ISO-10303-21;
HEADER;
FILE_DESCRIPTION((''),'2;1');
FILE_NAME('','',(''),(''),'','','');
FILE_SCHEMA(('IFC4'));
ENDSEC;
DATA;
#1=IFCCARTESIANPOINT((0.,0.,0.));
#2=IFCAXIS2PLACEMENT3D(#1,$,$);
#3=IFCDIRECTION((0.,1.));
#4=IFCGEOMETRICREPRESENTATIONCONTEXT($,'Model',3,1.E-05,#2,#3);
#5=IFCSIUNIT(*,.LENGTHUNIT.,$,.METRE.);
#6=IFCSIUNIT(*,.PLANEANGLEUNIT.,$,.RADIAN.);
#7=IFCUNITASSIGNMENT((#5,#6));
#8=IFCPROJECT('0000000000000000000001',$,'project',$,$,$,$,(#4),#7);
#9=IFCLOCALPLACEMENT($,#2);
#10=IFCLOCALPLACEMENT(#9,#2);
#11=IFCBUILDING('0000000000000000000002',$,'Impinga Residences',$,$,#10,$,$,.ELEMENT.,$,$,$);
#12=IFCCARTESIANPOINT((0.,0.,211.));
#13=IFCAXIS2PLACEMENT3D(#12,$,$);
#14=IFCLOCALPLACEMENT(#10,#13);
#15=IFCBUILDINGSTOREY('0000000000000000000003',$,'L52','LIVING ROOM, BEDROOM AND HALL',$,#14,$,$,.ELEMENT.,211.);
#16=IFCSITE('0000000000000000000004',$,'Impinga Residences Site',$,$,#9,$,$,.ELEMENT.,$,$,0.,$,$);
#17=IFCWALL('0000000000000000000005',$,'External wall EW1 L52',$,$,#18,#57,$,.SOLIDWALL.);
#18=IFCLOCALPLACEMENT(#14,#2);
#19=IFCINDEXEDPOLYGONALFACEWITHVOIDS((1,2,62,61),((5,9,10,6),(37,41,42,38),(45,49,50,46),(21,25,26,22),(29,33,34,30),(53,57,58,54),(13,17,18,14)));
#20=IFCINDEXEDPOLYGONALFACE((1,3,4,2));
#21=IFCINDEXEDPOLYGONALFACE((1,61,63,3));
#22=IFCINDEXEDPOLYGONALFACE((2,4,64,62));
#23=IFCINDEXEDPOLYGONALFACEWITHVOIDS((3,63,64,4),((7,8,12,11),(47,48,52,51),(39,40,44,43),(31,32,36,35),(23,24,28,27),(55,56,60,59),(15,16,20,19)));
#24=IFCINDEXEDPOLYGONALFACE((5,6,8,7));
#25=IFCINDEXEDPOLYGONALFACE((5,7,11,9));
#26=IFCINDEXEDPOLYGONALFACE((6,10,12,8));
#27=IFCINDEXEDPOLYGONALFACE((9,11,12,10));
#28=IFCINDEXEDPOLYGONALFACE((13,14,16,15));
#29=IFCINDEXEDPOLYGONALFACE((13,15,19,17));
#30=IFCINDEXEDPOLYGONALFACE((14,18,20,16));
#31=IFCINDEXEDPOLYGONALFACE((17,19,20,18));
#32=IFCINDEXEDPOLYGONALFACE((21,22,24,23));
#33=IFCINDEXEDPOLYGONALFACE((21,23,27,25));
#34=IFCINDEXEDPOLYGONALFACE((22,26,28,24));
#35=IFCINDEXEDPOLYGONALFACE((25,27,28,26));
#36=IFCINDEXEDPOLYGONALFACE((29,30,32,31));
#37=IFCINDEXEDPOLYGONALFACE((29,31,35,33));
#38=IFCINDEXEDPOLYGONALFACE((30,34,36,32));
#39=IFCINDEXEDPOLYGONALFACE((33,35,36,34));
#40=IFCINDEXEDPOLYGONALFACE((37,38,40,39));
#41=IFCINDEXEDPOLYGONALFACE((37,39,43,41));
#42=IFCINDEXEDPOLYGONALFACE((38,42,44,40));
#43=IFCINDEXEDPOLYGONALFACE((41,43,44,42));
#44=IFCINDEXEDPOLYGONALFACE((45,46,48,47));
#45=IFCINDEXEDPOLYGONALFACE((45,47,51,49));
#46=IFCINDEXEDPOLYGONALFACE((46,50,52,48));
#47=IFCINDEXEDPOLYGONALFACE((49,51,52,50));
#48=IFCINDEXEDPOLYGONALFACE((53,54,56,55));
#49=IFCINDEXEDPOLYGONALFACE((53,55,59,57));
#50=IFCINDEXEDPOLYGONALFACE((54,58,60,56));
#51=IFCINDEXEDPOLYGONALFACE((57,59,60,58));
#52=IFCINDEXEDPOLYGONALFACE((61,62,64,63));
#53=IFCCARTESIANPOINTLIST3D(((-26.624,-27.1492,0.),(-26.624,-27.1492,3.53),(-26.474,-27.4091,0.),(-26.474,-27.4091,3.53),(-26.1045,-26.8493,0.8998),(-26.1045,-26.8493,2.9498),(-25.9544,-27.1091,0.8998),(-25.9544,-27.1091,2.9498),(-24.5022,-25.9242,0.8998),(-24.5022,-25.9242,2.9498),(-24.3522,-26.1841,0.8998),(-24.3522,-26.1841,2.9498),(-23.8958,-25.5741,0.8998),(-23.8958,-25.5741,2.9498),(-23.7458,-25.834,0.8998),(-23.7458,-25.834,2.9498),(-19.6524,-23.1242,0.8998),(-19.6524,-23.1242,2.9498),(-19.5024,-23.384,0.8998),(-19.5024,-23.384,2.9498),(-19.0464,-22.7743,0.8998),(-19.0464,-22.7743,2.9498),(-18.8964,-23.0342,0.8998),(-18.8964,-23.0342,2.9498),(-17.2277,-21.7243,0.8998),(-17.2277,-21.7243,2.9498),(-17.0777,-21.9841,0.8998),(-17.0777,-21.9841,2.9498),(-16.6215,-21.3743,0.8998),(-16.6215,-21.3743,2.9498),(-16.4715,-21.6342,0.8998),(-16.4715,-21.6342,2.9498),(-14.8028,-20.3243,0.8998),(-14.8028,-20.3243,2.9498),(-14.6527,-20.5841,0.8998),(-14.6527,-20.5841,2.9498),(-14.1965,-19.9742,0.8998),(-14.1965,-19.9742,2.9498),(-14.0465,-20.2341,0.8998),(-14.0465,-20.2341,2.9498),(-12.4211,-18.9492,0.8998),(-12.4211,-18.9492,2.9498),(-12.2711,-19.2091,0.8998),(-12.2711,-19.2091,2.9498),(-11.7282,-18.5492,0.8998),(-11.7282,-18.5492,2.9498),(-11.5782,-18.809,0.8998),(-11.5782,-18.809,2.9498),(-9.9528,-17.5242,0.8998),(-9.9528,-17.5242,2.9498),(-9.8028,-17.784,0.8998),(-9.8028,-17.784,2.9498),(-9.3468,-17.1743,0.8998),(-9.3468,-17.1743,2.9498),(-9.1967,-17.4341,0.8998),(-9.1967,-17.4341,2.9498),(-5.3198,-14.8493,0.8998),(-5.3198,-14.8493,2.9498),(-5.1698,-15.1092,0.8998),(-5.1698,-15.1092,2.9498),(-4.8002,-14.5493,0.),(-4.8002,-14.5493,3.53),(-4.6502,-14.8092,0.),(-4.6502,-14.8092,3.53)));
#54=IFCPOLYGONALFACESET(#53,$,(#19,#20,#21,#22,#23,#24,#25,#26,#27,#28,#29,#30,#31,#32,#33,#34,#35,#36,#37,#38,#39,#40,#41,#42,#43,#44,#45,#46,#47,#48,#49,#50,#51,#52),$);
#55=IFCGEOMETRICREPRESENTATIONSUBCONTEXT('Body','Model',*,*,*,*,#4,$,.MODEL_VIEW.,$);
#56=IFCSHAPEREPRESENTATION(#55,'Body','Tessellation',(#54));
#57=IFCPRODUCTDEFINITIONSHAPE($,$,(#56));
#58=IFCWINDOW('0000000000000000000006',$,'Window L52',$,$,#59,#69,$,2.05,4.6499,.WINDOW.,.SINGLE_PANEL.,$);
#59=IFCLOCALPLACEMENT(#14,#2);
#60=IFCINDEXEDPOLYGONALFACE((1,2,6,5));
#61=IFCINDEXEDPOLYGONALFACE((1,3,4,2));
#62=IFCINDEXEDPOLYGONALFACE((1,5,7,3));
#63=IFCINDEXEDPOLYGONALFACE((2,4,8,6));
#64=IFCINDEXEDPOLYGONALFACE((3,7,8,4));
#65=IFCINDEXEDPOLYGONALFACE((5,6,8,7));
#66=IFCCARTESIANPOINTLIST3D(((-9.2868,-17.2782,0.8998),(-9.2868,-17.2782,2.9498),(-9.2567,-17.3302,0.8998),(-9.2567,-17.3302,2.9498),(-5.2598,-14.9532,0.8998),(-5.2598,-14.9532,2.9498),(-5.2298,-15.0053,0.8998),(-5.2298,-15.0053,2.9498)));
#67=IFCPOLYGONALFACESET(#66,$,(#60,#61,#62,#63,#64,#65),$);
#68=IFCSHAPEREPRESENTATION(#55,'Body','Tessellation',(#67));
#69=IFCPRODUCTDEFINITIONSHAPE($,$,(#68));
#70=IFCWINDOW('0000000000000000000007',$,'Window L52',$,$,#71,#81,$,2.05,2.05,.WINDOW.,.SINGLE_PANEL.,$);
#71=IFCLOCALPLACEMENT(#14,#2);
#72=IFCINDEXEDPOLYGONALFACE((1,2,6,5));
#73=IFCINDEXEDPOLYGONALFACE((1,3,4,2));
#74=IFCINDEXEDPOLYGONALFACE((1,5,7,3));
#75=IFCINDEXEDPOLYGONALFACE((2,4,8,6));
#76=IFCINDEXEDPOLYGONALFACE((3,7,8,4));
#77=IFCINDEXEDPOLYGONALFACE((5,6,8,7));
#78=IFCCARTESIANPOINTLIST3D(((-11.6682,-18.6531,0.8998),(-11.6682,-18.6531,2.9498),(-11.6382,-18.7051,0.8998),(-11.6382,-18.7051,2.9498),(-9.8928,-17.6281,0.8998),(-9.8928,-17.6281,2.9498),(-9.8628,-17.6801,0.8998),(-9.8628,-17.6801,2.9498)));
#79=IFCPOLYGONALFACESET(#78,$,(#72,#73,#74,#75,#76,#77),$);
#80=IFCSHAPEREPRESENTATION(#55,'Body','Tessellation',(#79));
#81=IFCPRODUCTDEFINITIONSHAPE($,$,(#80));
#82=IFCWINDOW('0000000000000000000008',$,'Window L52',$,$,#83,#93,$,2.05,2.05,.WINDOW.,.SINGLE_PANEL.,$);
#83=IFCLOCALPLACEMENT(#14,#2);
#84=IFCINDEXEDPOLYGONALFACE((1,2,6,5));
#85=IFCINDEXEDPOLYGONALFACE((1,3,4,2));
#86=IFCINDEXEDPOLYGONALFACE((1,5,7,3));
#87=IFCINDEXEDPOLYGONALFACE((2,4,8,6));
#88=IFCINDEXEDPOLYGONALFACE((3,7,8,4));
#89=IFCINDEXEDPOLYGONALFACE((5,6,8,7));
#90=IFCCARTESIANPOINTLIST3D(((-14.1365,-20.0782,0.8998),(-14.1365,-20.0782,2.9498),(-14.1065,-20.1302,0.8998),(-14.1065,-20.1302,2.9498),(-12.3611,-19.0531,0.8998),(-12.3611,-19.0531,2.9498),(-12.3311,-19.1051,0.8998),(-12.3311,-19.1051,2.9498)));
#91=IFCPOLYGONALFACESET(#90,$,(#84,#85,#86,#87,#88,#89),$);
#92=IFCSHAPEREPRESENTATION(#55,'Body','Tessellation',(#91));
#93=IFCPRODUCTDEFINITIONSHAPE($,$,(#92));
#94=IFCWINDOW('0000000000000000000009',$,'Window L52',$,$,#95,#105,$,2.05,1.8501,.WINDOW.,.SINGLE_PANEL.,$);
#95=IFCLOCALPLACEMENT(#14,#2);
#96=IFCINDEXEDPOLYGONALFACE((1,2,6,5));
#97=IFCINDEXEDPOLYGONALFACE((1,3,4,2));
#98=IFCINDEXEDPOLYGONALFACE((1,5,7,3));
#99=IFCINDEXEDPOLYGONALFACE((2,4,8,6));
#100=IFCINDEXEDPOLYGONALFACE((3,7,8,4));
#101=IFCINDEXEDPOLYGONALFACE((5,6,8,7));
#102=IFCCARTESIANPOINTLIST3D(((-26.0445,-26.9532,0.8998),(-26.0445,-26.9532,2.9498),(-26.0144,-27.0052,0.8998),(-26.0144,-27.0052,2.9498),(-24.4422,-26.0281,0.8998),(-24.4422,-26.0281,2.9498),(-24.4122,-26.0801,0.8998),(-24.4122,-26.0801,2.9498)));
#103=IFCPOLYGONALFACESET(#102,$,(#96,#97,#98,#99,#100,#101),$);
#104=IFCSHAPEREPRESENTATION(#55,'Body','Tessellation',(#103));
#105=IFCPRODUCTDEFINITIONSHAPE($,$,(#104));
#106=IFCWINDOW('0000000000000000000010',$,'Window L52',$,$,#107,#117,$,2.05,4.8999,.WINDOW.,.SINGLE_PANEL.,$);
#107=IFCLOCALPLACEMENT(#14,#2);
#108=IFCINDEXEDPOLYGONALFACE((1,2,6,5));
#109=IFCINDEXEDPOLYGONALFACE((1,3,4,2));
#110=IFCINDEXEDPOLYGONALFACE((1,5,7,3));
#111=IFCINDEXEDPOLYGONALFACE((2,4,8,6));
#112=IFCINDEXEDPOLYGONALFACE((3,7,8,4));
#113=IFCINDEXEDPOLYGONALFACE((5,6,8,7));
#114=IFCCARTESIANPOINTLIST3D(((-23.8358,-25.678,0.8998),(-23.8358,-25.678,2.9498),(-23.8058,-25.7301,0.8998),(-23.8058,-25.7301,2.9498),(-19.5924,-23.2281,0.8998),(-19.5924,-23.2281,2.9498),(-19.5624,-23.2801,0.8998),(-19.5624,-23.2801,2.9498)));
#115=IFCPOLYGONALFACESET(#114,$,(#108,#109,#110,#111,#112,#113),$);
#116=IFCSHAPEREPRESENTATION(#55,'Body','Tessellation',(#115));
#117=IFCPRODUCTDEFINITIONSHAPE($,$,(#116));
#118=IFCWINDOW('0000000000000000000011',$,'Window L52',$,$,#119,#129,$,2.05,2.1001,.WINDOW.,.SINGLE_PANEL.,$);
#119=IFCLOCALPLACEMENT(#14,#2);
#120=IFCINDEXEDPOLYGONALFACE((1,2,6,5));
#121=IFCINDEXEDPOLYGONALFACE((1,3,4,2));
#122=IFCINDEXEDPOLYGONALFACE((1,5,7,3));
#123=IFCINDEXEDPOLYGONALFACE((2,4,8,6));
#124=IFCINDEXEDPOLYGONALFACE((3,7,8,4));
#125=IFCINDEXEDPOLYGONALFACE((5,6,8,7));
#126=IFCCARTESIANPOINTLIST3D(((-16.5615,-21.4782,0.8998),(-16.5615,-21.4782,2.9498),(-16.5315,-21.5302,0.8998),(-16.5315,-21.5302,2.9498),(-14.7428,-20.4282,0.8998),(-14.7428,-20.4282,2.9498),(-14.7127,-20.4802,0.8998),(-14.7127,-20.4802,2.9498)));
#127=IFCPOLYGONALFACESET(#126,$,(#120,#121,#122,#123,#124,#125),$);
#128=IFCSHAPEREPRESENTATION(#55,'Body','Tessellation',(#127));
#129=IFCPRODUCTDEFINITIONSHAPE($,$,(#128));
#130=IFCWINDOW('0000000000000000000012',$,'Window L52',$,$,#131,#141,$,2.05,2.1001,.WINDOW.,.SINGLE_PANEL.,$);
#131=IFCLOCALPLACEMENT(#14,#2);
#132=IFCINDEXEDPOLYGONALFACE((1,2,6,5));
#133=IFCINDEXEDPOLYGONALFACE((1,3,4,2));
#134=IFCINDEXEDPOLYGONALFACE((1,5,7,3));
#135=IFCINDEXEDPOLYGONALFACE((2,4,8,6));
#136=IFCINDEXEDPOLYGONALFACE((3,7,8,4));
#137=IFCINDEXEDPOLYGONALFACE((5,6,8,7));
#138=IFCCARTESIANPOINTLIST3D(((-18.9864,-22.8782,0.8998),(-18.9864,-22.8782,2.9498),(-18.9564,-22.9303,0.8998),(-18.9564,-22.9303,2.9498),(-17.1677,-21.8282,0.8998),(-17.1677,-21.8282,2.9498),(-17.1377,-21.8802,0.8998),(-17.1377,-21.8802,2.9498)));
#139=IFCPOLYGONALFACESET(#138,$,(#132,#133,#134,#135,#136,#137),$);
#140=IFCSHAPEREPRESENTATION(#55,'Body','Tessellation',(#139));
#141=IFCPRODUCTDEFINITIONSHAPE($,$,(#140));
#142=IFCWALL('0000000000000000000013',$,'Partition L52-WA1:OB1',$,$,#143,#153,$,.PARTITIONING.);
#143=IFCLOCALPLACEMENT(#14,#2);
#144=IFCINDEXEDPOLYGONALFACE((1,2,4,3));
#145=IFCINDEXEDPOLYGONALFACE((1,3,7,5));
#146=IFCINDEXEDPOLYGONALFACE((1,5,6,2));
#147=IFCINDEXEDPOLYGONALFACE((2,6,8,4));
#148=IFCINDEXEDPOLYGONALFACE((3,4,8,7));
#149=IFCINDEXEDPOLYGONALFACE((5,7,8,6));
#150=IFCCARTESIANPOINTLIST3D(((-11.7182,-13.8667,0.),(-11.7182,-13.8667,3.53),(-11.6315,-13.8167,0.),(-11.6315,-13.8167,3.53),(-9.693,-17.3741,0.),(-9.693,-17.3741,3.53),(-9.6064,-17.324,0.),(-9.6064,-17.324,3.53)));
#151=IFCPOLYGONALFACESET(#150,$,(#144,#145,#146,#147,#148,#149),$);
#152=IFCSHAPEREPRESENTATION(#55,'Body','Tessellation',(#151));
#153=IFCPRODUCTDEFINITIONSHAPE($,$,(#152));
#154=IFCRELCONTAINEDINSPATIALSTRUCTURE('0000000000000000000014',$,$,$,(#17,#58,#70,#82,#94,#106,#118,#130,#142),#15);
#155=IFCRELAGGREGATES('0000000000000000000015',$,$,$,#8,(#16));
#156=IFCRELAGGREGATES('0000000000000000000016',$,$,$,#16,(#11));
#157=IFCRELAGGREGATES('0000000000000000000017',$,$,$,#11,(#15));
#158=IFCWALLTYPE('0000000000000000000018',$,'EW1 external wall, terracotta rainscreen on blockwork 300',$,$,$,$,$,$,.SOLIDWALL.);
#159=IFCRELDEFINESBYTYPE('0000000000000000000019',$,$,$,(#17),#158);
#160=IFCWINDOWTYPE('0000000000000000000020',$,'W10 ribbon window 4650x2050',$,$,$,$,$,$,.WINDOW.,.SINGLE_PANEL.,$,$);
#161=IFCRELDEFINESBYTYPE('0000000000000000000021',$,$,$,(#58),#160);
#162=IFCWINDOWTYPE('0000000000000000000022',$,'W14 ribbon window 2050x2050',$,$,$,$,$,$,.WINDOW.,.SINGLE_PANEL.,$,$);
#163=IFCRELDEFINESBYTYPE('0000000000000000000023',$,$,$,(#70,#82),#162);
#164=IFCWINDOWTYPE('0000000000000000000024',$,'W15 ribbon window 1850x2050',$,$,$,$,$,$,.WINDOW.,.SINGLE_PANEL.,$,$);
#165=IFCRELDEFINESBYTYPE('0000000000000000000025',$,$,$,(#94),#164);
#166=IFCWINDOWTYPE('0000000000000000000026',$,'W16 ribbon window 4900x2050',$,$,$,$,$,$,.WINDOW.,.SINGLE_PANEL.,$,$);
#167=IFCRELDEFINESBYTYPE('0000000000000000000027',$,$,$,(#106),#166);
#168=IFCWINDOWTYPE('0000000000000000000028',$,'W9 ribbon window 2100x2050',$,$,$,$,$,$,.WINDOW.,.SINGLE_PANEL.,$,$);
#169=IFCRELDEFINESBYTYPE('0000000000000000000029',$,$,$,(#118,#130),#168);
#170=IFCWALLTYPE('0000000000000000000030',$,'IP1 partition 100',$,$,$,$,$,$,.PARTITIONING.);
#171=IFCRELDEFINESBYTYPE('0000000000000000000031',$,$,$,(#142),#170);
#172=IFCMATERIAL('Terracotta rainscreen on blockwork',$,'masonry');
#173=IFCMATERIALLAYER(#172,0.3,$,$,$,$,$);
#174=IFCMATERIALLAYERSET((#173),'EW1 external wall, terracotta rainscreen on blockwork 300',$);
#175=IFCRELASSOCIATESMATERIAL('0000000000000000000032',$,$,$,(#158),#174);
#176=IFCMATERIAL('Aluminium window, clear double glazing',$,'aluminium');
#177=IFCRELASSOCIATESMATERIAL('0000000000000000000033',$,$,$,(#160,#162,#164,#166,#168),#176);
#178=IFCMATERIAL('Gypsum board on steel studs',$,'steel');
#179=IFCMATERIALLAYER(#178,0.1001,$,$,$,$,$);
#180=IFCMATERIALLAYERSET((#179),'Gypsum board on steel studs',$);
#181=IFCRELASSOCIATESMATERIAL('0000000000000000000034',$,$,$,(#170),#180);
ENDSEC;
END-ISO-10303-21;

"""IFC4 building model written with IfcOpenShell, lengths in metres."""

from ifc_helpers import new_model, si_unit, direction, frame, frame_2d, origin, place, context, subcontext, project, spatial, rectangle, extrude, material, layer, layer_set, type_object, element, fill, save


model = new_model("IFC4")

# Units and contexts
model_context = context("Model", 3, precision=1e-05, world=origin(), true_north=direction((0.0, 1.0)))
body_context = subcontext(model_context, "Body", "Model", "MODEL_VIEW")
ifc_project = project(units=[si_unit("LENGTHUNIT", "METRE"), si_unit("PLANEANGLEUNIT", "RADIAN")], contexts=[model_context])

# Site, building, storey
site_placement = place(None, origin())
site = spatial("IfcSite", under=ifc_project, at=site_placement, Name="Impinga Residences Site", CompositionType="ELEMENT", RefElevation=0.0)
building_placement = place(site_placement, origin())
building = spatial("IfcBuilding", under=site, at=building_placement, Name="Impinga Residences", CompositionType="ELEMENT")
storey_placement = place(building_placement, frame((0.0, 0.0, 211.0)))
storey = spatial("IfcBuildingStorey", under=building, at=storey_placement, Name="L52", Description="LIVING ROOM, BEDROOM AND HALL", CompositionType="ELEMENT", Elevation=211.0)

# Shared definitions
ifc_material_1 = material(Name="Terracotta rainscreen on blockwork", Category="masonry")
ifc_layer_1 = layer(ifc_material_1, 0.3)
ifc_layer_set_1 = layer_set([ifc_layer_1], Name="EW1 external wall, terracotta rainscreen on blockwork 300")
wall_type_1 = type_object("IfcWallType", Name="EW1 external wall, terracotta rainscreen on blockwork 300", PredefinedType="SOLIDWALL", material=ifc_layer_set_1)

# Wall, openings, windows
wall_1_placement = place(storey_placement, frame((-4.7251, -14.6792, 0.0), z_axis=(0.0, 0.0, 1.0), x_axis=(-0.866027, -0.499998, 0.0)))
wall_1 = element("IfcWall", 1, at=wall_1_placement, inside=storey, type_object=wall_type_1, Name="External wall EW1 L52", PredefinedType="SOLIDWALL", context=body_context, shape_type="SweptSolid", body=[
    extrude(rectangle(XDim=25.2, YDim=0.3, at=frame_2d((12.6001, 0.0))), origin(), (0.0, 0.0, 1.0), 3.53),
])
opening_1_placement = place(wall_1_placement, frame((0.6001, 0.0, 0.8999)))
opening_1 = element("IfcOpeningElement", 2, at=opening_1_placement, cuts=wall_1, PredefinedType="OPENING", context=body_context, shape_type="SweptSolid", body=[
    extrude(rectangle(XDim=4.6499, YDim=2.05, at=frame_2d((2.325, 1.0249))), frame((0.0, 0.1599, 0.0), z_axis=(0.0, -1.0, 0.0), x_axis=(1.0, 0.0, 0.0)), (0.0, 0.0, 1.0), 0.3201),
])
opening_2_placement = place(wall_1_placement, frame((5.95, 0.0, 0.8999)))
opening_2 = element("IfcOpeningElement", 3, at=opening_2_placement, cuts=wall_1, PredefinedType="OPENING", context=body_context, shape_type="SweptSolid", body=[
    extrude(rectangle(XDim=2.05, YDim=2.05, at=frame_2d((1.0249, 1.0249))), frame((0.0, 0.1599, 0.0), z_axis=(0.0, -1.0, 0.0), x_axis=(1.0, 0.0, 0.0)), (0.0, 0.0, 1.0), 0.3201),
])
opening_3_placement = place(wall_1_placement, frame((8.8, 0.0, 0.8999)))
opening_3 = element("IfcOpeningElement", 4, at=opening_3_placement, cuts=wall_1, PredefinedType="OPENING", context=body_context, shape_type="SweptSolid", body=[
    extrude(rectangle(XDim=2.05, YDim=2.05, at=frame_2d((1.0249, 1.0249))), frame((0.0, 0.1599, 0.0), z_axis=(0.0, -1.0, 0.0), x_axis=(1.0, 0.0, 0.0)), (0.0, 0.0, 1.0), 0.3201),
])
opening_4_placement = place(wall_1_placement, frame((11.55, 0.0, 0.8999)))
opening_4 = element("IfcOpeningElement", 5, at=opening_4_placement, cuts=wall_1, PredefinedType="OPENING", context=body_context, shape_type="SweptSolid", body=[
    extrude(rectangle(XDim=2.1001, YDim=2.05, at=frame_2d((1.05, 1.0249))), frame((0.0, 0.1599, 0.0), z_axis=(0.0, -1.0, 0.0), x_axis=(1.0, 0.0, 0.0)), (0.0, 0.0, 1.0), 0.3201),
])
opening_5_placement = place(wall_1_placement, frame((14.3501, 0.0, 0.8999)))
opening_5 = element("IfcOpeningElement", 6, at=opening_5_placement, cuts=wall_1, PredefinedType="OPENING", context=body_context, shape_type="SweptSolid", body=[
    extrude(rectangle(XDim=2.1001, YDim=2.05, at=frame_2d((1.05, 1.0249))), frame((0.0, 0.1599, 0.0), z_axis=(0.0, -1.0, 0.0), x_axis=(1.0, 0.0, 0.0)), (0.0, 0.0, 1.0), 0.3201),
])
opening_6_placement = place(wall_1_placement, frame((17.1499, 0.0, 0.8999)))
opening_6 = element("IfcOpeningElement", 7, at=opening_6_placement, cuts=wall_1, PredefinedType="OPENING", context=body_context, shape_type="SweptSolid", body=[
    extrude(rectangle(XDim=4.8999, YDim=2.05, at=frame_2d((2.45, 1.0249))), frame((0.0, 0.1599, 0.0), z_axis=(0.0, -1.0, 0.0), x_axis=(1.0, 0.0, 0.0)), (0.0, 0.0, 1.0), 0.3201),
])
opening_7_placement = place(wall_1_placement, frame((22.75, 0.0, 0.8999)))
opening_7 = element("IfcOpeningElement", 8, at=opening_7_placement, cuts=wall_1, PredefinedType="OPENING", context=body_context, shape_type="SweptSolid", body=[
    extrude(rectangle(XDim=1.8501, YDim=2.05, at=frame_2d((0.925, 1.0249))), frame((0.0, 0.1599, 0.0), z_axis=(0.0, -1.0, 0.0), x_axis=(1.0, 0.0, 0.0)), (0.0, 0.0, 1.0), 0.3201),
])
ifc_material_2 = material(Name="Aluminium window, clear double glazing", Category="aluminium")
window_type_1 = type_object("IfcWindowType", Name="W10 ribbon window 4650x2050", PartitioningType="SINGLE_PANEL", PredefinedType="WINDOW", material=ifc_material_2)
window_1_placement = place(opening_1_placement, origin())
window_1 = element("IfcWindow", 9, at=window_1_placement, inside=storey, type_object=window_type_1, Name="Window L52", OverallHeight=2.05, OverallWidth=4.6499, PartitioningType="SINGLE_PANEL", PredefinedType="WINDOW", context=body_context, shape_type="SweptSolid", body=[
    extrude(rectangle(XDim=4.6499, YDim=2.05, at=frame_2d((2.325, 1.0249))), frame((0.0, 0.03, 0.0), z_axis=(0.0, -1.0, 0.0), x_axis=(1.0, 0.0, 0.0)), (0.0, 0.0, 1.0), 0.0601),
])
fill(opening_1, window_1)
window_type_2 = type_object("IfcWindowType", Name="W14 ribbon window 2050x2050", PartitioningType="SINGLE_PANEL", PredefinedType="WINDOW", material=ifc_material_2)
window_2_placement = place(opening_2_placement, origin())
window_2 = element("IfcWindow", 10, at=window_2_placement, inside=storey, type_object=window_type_2, Name="Window L52", OverallHeight=2.05, OverallWidth=2.05, PartitioningType="SINGLE_PANEL", PredefinedType="WINDOW", context=body_context, shape_type="SweptSolid", body=[
    extrude(rectangle(XDim=2.05, YDim=2.05, at=frame_2d((1.0249, 1.0249))), frame((0.0, 0.03, 0.0), z_axis=(0.0, -1.0, 0.0), x_axis=(1.0, 0.0, 0.0)), (0.0, 0.0, 1.0), 0.0601),
])
fill(opening_2, window_2)
window_3_placement = place(opening_3_placement, origin())
window_3 = element("IfcWindow", 11, at=window_3_placement, inside=storey, type_object=window_type_2, Name="Window L52", OverallHeight=2.05, OverallWidth=2.05, PartitioningType="SINGLE_PANEL", PredefinedType="WINDOW", context=body_context, shape_type="SweptSolid", body=[
    extrude(rectangle(XDim=2.05, YDim=2.05, at=frame_2d((1.0249, 1.0249))), frame((0.0, 0.03, 0.0), z_axis=(0.0, -1.0, 0.0), x_axis=(1.0, 0.0, 0.0)), (0.0, 0.0, 1.0), 0.0601),
])
fill(opening_3, window_3)
window_type_3 = type_object("IfcWindowType", Name="W15 ribbon window 1850x2050", PartitioningType="SINGLE_PANEL", PredefinedType="WINDOW", material=ifc_material_2)
window_4_placement = place(opening_7_placement, origin())
window_4 = element("IfcWindow", 12, at=window_4_placement, inside=storey, type_object=window_type_3, Name="Window L52", OverallHeight=2.05, OverallWidth=1.8501, PartitioningType="SINGLE_PANEL", PredefinedType="WINDOW", context=body_context, shape_type="SweptSolid", body=[
    extrude(rectangle(XDim=1.8501, YDim=2.05, at=frame_2d((0.925, 1.0249))), frame((0.0, 0.03, 0.0), z_axis=(0.0, -1.0, 0.0), x_axis=(1.0, 0.0, 0.0)), (0.0, 0.0, 1.0), 0.0601),
])
fill(opening_7, window_4)
window_type_4 = type_object("IfcWindowType", Name="W16 ribbon window 4900x2050", PartitioningType="SINGLE_PANEL", PredefinedType="WINDOW", material=ifc_material_2)
window_5_placement = place(opening_6_placement, origin())
window_5 = element("IfcWindow", 13, at=window_5_placement, inside=storey, type_object=window_type_4, Name="Window L52", OverallHeight=2.05, OverallWidth=4.8999, PartitioningType="SINGLE_PANEL", PredefinedType="WINDOW", context=body_context, shape_type="SweptSolid", body=[
    extrude(rectangle(XDim=4.8999, YDim=2.05, at=frame_2d((2.45, 1.0249))), frame((0.0, 0.03, 0.0), z_axis=(0.0, -1.0, 0.0), x_axis=(1.0, 0.0, 0.0)), (0.0, 0.0, 1.0), 0.0601),
])
fill(opening_6, window_5)
window_type_5 = type_object("IfcWindowType", Name="W9 ribbon window 2100x2050", PartitioningType="SINGLE_PANEL", PredefinedType="WINDOW", material=ifc_material_2)
window_6_placement = place(opening_4_placement, origin())
window_6 = element("IfcWindow", 14, at=window_6_placement, inside=storey, type_object=window_type_5, Name="Window L52", OverallHeight=2.05, OverallWidth=2.1001, PartitioningType="SINGLE_PANEL", PredefinedType="WINDOW", context=body_context, shape_type="SweptSolid", body=[
    extrude(rectangle(XDim=2.1001, YDim=2.05, at=frame_2d((1.05, 1.0249))), frame((0.0, 0.03, 0.0), z_axis=(0.0, -1.0, 0.0), x_axis=(1.0, 0.0, 0.0)), (0.0, 0.0, 1.0), 0.0601),
])
fill(opening_4, window_6)
window_7_placement = place(opening_5_placement, origin())
window_7 = element("IfcWindow", 15, at=window_7_placement, inside=storey, type_object=window_type_5, Name="Window L52", OverallHeight=2.05, OverallWidth=2.1001, PartitioningType="SINGLE_PANEL", PredefinedType="WINDOW", context=body_context, shape_type="SweptSolid", body=[
    extrude(rectangle(XDim=2.1001, YDim=2.05, at=frame_2d((1.05, 1.0249))), frame((0.0, 0.03, 0.0), z_axis=(0.0, -1.0, 0.0), x_axis=(1.0, 0.0, 0.0)), (0.0, 0.0, 1.0), 0.0601),
])
fill(opening_5, window_7)

# Wall
ifc_material_3 = material(Name="Gypsum board on steel studs", Category="steel")
ifc_layer_2 = layer(ifc_material_3, 0.1001)
ifc_layer_set_2 = layer_set([ifc_layer_2], Name="Gypsum board on steel studs")
wall_type_2 = type_object("IfcWallType", Name="IP1 partition 100", PredefinedType="PARTITIONING", material=ifc_layer_set_2)
wall_2_placement = place(storey_placement, frame((-11.6748, -13.8418, 0.0), z_axis=(0.0, 0.0, 1.0), x_axis=(0.500036, -0.866005, 0.0)))
element("IfcWall", 16, at=wall_2_placement, inside=storey, type_object=wall_type_2, Name="Partition L52-WA1:OB1", PredefinedType="PARTITIONING", context=body_context, shape_type="SweptSolid", body=[
    extrude(rectangle(XDim=4.05, YDim=0.1001, at=frame_2d((2.0249, 0.0))), origin(), (0.0, 0.0, 1.0), 3.53),
])

save(model, "model.ifc")
